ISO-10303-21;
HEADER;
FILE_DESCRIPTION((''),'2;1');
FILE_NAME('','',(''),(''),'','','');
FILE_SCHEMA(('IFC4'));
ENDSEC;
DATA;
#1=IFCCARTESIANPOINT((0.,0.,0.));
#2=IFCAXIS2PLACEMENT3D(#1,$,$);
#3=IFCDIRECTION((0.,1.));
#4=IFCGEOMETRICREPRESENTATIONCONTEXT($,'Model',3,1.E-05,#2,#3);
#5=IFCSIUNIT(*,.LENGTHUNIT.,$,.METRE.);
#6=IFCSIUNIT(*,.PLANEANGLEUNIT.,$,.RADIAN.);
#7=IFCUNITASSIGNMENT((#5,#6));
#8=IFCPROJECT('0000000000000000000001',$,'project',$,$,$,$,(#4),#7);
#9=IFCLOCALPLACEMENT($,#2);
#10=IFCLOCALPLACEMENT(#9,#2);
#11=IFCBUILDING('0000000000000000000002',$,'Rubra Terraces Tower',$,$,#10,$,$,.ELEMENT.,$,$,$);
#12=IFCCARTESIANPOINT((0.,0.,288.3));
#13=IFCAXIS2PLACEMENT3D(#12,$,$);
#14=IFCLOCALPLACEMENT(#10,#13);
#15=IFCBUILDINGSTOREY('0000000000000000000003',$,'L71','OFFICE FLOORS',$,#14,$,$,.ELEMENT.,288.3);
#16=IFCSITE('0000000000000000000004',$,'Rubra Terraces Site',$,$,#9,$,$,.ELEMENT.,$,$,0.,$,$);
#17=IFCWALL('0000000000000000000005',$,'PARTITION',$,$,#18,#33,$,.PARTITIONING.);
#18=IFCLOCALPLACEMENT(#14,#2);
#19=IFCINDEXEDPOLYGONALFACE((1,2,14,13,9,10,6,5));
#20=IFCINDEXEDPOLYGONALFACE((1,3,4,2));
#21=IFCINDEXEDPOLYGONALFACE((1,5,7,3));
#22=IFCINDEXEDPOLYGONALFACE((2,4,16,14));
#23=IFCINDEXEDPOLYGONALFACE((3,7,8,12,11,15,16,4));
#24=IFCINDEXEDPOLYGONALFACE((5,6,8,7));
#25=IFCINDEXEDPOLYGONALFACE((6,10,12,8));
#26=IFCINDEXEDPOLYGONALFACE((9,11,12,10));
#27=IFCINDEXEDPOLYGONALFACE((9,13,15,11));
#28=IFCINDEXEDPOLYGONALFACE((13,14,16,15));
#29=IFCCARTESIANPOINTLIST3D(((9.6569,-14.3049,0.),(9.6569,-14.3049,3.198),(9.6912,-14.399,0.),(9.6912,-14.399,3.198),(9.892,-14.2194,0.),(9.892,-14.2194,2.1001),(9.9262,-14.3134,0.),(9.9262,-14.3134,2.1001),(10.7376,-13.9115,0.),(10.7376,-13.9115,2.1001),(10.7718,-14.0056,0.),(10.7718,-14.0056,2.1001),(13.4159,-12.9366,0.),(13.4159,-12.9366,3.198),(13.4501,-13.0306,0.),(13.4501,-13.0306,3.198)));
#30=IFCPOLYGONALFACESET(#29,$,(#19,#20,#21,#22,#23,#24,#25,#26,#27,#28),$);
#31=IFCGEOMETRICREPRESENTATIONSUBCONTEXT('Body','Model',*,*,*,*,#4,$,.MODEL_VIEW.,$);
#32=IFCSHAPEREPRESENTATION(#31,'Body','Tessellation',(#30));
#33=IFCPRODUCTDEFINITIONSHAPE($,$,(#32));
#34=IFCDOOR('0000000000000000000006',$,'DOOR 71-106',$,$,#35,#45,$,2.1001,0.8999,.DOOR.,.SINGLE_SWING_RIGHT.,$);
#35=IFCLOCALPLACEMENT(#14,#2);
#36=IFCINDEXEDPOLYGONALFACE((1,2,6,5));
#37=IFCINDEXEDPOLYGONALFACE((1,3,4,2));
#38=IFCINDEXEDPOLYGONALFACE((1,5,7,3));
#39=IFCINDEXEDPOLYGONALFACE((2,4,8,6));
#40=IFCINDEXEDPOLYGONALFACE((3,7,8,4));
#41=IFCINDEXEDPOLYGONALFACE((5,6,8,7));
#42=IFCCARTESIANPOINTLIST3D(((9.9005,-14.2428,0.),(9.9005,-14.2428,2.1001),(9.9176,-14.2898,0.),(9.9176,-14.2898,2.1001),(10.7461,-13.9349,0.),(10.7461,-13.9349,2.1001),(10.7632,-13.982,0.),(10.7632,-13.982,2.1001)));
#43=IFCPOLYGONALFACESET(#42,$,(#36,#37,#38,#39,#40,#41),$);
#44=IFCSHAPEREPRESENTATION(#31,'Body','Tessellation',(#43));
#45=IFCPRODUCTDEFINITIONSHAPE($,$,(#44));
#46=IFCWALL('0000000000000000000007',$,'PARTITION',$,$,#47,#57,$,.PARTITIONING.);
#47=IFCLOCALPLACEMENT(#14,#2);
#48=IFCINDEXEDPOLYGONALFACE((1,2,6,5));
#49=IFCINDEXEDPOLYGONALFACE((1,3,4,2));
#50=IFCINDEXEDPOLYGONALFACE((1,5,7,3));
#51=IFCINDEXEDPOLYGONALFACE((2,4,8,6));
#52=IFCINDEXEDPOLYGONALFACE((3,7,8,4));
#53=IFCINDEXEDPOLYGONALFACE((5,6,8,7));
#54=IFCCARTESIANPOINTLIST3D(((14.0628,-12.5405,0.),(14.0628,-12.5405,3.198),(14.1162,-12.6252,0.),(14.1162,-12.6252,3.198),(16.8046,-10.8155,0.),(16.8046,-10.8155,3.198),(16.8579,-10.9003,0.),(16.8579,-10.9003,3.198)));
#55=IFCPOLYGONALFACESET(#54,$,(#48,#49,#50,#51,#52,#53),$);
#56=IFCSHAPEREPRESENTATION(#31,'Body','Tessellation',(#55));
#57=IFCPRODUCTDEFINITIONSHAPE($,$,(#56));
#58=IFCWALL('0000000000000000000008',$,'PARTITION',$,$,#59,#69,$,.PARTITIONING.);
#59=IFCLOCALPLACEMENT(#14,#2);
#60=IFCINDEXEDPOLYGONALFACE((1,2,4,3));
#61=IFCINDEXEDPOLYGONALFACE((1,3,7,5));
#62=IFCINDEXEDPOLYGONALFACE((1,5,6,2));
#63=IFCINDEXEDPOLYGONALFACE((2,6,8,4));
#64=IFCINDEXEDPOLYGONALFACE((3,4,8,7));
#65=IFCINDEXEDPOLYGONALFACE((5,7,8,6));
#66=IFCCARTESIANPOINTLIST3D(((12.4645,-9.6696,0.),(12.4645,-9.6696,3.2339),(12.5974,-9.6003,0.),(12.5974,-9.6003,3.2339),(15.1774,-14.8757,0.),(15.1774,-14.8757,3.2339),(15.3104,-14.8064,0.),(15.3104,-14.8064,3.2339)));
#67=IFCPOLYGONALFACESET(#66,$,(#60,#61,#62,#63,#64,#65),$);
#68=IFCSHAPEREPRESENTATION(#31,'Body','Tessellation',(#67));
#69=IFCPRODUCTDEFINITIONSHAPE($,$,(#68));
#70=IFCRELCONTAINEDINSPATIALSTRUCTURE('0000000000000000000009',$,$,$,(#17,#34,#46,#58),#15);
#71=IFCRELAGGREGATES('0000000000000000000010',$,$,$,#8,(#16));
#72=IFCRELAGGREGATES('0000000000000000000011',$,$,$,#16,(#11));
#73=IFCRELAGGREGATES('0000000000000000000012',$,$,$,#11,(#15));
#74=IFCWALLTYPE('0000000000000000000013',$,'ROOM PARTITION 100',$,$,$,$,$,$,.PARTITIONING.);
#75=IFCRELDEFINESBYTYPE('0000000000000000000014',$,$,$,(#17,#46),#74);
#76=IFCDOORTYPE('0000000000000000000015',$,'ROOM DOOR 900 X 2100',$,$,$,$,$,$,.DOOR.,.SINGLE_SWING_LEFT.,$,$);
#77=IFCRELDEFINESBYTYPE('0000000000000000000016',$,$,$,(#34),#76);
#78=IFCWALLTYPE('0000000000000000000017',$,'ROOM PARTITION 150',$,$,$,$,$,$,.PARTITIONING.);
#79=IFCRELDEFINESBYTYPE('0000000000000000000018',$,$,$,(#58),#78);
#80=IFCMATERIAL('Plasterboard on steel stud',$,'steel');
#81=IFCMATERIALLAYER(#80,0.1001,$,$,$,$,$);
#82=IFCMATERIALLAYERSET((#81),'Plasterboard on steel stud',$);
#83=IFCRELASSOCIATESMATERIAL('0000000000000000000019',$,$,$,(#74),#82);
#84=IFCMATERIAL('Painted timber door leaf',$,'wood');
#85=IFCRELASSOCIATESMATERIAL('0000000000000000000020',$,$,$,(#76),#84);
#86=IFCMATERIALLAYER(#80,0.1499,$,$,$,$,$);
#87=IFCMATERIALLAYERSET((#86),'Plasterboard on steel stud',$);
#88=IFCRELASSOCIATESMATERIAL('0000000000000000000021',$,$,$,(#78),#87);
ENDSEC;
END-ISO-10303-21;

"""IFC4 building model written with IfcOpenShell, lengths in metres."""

from ifc_helpers import new_model, si_unit, direction, frame, frame_2d, origin, place, context, subcontext, project, spatial, rectangle, extrude, material, layer, layer_set, type_object, element, fill, save


model = new_model("IFC4")

# Units and contexts
model_context = context("Model", 3, precision=1e-05, world=origin(), true_north=direction((0.0, 1.0)))
body_context = subcontext(model_context, "Body", "Model", "MODEL_VIEW")
ifc_project = project(units=[si_unit("LENGTHUNIT", "METRE"), si_unit("PLANEANGLEUNIT", "RADIAN")], contexts=[model_context])

# Site, building, storey
site_placement = place(None, origin())
site = spatial("IfcSite", under=ifc_project, at=site_placement, Name="Rubra Terraces Site", CompositionType="ELEMENT", RefElevation=0.0)
building_placement = place(site_placement, origin())
building = spatial("IfcBuilding", under=site, at=building_placement, Name="Rubra Terraces Tower", CompositionType="ELEMENT")
storey_placement = place(building_placement, frame((0.0, 0.0, 288.3)))
storey = spatial("IfcBuildingStorey", under=building, at=storey_placement, Name="L71", Description="OFFICE FLOORS", CompositionType="ELEMENT", Elevation=288.3)

# Shared definitions
ifc_material_1 = material(Name="Plasterboard on steel stud", Category="steel")
ifc_layer_1 = layer(ifc_material_1, 0.1001)
ifc_layer_set_1 = layer_set([ifc_layer_1], Name="Plasterboard on steel stud")
wall_type_1 = type_object("IfcWallType", Name="ROOM PARTITION 100", PredefinedType="PARTITIONING", material=ifc_layer_set_1)

# Wall, opening, door
wall_1_placement = place(storey_placement, frame((13.4329, -12.9836, 0.0), z_axis=(0.0, 0.0, 1.0), x_axis=(-0.939674, -0.342071, 0.0)))
wall_1 = element("IfcWall", 1, at=wall_1_placement, inside=storey, type_object=wall_type_1, Name="PARTITION", PredefinedType="PARTITIONING", context=body_context, shape_type="SweptSolid", body=[
    extrude(rectangle(XDim=4.0002, YDim=0.1001, at=frame_2d((2.0, 0.0))), origin(), (0.0, 0.0, 1.0), 3.198),
])
opening_1_placement = place(wall_1_placement, frame((2.8501, 0.0, 0.0)))
opening_1 = element("IfcOpeningElement", 2, at=opening_1_placement, cuts=wall_1, PredefinedType="OPENING", context=body_context, shape_type="SweptSolid", body=[
    extrude(rectangle(XDim=0.8999, YDim=2.1001, at=frame_2d((0.45, 1.05))), frame((0.0, 0.0601, 0.0), z_axis=(0.0, -1.0, 0.0), x_axis=(1.0, 0.0, 0.0)), (0.0, 0.0, 1.0), 0.1201),
])
ifc_material_2 = material(Name="Painted timber door leaf", Category="wood")
door_type_1 = type_object("IfcDoorType", Name="ROOM DOOR 900 X 2100", OperationType="SINGLE_SWING_LEFT", PredefinedType="DOOR", material=ifc_material_2)
door_1_placement = place(opening_1_placement, origin())
door_1 = element("IfcDoor", 3, at=door_1_placement, inside=storey, type_object=door_type_1, Name="DOOR 71-106", OperationType="SINGLE_SWING_RIGHT", OverallHeight=2.1001, OverallWidth=0.8999, PredefinedType="DOOR", context=body_context, shape_type="SweptSolid", body=[
    extrude(rectangle(XDim=0.8999, YDim=2.1001, at=frame_2d((0.45, 1.05))), frame((0.0, 0.0249, 0.0), z_axis=(0.0, -1.0, 0.0), x_axis=(1.0, 0.0, 0.0)), (0.0, 0.0, 1.0), 0.05),
])
fill(opening_1, door_1)

# Walls
wall_2_placement = place(storey_placement, frame((16.8313, -10.8579, 0.0), z_axis=(0.0, 0.0, 1.0), x_axis=(-0.846428, -0.532503, 0.0)))
element("IfcWall", 4, at=wall_2_placement, inside=storey, type_object=wall_type_1, Name="PARTITION", PredefinedType="PARTITIONING", context=body_context, shape_type="SweptSolid", body=[
    extrude(rectangle(XDim=3.2393, YDim=0.1001, at=frame_2d((1.6196, 0.0))), origin(), (0.0, 0.0, 1.0), 3.198),
])
ifc_layer_2 = layer(ifc_material_1, 0.1499)
ifc_layer_set_2 = layer_set([ifc_layer_2], Name="Plasterboard on steel stud")
wall_type_2 = type_object("IfcWallType", Name="ROOM PARTITION 150", PredefinedType="PARTITIONING", material=ifc_layer_set_2)
wall_3_placement = place(storey_placement, frame((15.2439, -14.8411, 0.0), z_axis=(0.0, 0.0, 1.0), x_axis=(-0.462123, 0.886816, 0.0)))
element("IfcWall", 5, at=wall_3_placement, inside=storey, type_object=wall_type_2, Name="PARTITION", PredefinedType="PARTITIONING", context=body_context, shape_type="SweptSolid", body=[
    extrude(rectangle(XDim=5.8706, YDim=0.1499, at=frame_2d((2.9353, 0.0))), origin(), (0.0, 0.0, 1.0), 3.2339),
])

save(model, "model.ifc")
